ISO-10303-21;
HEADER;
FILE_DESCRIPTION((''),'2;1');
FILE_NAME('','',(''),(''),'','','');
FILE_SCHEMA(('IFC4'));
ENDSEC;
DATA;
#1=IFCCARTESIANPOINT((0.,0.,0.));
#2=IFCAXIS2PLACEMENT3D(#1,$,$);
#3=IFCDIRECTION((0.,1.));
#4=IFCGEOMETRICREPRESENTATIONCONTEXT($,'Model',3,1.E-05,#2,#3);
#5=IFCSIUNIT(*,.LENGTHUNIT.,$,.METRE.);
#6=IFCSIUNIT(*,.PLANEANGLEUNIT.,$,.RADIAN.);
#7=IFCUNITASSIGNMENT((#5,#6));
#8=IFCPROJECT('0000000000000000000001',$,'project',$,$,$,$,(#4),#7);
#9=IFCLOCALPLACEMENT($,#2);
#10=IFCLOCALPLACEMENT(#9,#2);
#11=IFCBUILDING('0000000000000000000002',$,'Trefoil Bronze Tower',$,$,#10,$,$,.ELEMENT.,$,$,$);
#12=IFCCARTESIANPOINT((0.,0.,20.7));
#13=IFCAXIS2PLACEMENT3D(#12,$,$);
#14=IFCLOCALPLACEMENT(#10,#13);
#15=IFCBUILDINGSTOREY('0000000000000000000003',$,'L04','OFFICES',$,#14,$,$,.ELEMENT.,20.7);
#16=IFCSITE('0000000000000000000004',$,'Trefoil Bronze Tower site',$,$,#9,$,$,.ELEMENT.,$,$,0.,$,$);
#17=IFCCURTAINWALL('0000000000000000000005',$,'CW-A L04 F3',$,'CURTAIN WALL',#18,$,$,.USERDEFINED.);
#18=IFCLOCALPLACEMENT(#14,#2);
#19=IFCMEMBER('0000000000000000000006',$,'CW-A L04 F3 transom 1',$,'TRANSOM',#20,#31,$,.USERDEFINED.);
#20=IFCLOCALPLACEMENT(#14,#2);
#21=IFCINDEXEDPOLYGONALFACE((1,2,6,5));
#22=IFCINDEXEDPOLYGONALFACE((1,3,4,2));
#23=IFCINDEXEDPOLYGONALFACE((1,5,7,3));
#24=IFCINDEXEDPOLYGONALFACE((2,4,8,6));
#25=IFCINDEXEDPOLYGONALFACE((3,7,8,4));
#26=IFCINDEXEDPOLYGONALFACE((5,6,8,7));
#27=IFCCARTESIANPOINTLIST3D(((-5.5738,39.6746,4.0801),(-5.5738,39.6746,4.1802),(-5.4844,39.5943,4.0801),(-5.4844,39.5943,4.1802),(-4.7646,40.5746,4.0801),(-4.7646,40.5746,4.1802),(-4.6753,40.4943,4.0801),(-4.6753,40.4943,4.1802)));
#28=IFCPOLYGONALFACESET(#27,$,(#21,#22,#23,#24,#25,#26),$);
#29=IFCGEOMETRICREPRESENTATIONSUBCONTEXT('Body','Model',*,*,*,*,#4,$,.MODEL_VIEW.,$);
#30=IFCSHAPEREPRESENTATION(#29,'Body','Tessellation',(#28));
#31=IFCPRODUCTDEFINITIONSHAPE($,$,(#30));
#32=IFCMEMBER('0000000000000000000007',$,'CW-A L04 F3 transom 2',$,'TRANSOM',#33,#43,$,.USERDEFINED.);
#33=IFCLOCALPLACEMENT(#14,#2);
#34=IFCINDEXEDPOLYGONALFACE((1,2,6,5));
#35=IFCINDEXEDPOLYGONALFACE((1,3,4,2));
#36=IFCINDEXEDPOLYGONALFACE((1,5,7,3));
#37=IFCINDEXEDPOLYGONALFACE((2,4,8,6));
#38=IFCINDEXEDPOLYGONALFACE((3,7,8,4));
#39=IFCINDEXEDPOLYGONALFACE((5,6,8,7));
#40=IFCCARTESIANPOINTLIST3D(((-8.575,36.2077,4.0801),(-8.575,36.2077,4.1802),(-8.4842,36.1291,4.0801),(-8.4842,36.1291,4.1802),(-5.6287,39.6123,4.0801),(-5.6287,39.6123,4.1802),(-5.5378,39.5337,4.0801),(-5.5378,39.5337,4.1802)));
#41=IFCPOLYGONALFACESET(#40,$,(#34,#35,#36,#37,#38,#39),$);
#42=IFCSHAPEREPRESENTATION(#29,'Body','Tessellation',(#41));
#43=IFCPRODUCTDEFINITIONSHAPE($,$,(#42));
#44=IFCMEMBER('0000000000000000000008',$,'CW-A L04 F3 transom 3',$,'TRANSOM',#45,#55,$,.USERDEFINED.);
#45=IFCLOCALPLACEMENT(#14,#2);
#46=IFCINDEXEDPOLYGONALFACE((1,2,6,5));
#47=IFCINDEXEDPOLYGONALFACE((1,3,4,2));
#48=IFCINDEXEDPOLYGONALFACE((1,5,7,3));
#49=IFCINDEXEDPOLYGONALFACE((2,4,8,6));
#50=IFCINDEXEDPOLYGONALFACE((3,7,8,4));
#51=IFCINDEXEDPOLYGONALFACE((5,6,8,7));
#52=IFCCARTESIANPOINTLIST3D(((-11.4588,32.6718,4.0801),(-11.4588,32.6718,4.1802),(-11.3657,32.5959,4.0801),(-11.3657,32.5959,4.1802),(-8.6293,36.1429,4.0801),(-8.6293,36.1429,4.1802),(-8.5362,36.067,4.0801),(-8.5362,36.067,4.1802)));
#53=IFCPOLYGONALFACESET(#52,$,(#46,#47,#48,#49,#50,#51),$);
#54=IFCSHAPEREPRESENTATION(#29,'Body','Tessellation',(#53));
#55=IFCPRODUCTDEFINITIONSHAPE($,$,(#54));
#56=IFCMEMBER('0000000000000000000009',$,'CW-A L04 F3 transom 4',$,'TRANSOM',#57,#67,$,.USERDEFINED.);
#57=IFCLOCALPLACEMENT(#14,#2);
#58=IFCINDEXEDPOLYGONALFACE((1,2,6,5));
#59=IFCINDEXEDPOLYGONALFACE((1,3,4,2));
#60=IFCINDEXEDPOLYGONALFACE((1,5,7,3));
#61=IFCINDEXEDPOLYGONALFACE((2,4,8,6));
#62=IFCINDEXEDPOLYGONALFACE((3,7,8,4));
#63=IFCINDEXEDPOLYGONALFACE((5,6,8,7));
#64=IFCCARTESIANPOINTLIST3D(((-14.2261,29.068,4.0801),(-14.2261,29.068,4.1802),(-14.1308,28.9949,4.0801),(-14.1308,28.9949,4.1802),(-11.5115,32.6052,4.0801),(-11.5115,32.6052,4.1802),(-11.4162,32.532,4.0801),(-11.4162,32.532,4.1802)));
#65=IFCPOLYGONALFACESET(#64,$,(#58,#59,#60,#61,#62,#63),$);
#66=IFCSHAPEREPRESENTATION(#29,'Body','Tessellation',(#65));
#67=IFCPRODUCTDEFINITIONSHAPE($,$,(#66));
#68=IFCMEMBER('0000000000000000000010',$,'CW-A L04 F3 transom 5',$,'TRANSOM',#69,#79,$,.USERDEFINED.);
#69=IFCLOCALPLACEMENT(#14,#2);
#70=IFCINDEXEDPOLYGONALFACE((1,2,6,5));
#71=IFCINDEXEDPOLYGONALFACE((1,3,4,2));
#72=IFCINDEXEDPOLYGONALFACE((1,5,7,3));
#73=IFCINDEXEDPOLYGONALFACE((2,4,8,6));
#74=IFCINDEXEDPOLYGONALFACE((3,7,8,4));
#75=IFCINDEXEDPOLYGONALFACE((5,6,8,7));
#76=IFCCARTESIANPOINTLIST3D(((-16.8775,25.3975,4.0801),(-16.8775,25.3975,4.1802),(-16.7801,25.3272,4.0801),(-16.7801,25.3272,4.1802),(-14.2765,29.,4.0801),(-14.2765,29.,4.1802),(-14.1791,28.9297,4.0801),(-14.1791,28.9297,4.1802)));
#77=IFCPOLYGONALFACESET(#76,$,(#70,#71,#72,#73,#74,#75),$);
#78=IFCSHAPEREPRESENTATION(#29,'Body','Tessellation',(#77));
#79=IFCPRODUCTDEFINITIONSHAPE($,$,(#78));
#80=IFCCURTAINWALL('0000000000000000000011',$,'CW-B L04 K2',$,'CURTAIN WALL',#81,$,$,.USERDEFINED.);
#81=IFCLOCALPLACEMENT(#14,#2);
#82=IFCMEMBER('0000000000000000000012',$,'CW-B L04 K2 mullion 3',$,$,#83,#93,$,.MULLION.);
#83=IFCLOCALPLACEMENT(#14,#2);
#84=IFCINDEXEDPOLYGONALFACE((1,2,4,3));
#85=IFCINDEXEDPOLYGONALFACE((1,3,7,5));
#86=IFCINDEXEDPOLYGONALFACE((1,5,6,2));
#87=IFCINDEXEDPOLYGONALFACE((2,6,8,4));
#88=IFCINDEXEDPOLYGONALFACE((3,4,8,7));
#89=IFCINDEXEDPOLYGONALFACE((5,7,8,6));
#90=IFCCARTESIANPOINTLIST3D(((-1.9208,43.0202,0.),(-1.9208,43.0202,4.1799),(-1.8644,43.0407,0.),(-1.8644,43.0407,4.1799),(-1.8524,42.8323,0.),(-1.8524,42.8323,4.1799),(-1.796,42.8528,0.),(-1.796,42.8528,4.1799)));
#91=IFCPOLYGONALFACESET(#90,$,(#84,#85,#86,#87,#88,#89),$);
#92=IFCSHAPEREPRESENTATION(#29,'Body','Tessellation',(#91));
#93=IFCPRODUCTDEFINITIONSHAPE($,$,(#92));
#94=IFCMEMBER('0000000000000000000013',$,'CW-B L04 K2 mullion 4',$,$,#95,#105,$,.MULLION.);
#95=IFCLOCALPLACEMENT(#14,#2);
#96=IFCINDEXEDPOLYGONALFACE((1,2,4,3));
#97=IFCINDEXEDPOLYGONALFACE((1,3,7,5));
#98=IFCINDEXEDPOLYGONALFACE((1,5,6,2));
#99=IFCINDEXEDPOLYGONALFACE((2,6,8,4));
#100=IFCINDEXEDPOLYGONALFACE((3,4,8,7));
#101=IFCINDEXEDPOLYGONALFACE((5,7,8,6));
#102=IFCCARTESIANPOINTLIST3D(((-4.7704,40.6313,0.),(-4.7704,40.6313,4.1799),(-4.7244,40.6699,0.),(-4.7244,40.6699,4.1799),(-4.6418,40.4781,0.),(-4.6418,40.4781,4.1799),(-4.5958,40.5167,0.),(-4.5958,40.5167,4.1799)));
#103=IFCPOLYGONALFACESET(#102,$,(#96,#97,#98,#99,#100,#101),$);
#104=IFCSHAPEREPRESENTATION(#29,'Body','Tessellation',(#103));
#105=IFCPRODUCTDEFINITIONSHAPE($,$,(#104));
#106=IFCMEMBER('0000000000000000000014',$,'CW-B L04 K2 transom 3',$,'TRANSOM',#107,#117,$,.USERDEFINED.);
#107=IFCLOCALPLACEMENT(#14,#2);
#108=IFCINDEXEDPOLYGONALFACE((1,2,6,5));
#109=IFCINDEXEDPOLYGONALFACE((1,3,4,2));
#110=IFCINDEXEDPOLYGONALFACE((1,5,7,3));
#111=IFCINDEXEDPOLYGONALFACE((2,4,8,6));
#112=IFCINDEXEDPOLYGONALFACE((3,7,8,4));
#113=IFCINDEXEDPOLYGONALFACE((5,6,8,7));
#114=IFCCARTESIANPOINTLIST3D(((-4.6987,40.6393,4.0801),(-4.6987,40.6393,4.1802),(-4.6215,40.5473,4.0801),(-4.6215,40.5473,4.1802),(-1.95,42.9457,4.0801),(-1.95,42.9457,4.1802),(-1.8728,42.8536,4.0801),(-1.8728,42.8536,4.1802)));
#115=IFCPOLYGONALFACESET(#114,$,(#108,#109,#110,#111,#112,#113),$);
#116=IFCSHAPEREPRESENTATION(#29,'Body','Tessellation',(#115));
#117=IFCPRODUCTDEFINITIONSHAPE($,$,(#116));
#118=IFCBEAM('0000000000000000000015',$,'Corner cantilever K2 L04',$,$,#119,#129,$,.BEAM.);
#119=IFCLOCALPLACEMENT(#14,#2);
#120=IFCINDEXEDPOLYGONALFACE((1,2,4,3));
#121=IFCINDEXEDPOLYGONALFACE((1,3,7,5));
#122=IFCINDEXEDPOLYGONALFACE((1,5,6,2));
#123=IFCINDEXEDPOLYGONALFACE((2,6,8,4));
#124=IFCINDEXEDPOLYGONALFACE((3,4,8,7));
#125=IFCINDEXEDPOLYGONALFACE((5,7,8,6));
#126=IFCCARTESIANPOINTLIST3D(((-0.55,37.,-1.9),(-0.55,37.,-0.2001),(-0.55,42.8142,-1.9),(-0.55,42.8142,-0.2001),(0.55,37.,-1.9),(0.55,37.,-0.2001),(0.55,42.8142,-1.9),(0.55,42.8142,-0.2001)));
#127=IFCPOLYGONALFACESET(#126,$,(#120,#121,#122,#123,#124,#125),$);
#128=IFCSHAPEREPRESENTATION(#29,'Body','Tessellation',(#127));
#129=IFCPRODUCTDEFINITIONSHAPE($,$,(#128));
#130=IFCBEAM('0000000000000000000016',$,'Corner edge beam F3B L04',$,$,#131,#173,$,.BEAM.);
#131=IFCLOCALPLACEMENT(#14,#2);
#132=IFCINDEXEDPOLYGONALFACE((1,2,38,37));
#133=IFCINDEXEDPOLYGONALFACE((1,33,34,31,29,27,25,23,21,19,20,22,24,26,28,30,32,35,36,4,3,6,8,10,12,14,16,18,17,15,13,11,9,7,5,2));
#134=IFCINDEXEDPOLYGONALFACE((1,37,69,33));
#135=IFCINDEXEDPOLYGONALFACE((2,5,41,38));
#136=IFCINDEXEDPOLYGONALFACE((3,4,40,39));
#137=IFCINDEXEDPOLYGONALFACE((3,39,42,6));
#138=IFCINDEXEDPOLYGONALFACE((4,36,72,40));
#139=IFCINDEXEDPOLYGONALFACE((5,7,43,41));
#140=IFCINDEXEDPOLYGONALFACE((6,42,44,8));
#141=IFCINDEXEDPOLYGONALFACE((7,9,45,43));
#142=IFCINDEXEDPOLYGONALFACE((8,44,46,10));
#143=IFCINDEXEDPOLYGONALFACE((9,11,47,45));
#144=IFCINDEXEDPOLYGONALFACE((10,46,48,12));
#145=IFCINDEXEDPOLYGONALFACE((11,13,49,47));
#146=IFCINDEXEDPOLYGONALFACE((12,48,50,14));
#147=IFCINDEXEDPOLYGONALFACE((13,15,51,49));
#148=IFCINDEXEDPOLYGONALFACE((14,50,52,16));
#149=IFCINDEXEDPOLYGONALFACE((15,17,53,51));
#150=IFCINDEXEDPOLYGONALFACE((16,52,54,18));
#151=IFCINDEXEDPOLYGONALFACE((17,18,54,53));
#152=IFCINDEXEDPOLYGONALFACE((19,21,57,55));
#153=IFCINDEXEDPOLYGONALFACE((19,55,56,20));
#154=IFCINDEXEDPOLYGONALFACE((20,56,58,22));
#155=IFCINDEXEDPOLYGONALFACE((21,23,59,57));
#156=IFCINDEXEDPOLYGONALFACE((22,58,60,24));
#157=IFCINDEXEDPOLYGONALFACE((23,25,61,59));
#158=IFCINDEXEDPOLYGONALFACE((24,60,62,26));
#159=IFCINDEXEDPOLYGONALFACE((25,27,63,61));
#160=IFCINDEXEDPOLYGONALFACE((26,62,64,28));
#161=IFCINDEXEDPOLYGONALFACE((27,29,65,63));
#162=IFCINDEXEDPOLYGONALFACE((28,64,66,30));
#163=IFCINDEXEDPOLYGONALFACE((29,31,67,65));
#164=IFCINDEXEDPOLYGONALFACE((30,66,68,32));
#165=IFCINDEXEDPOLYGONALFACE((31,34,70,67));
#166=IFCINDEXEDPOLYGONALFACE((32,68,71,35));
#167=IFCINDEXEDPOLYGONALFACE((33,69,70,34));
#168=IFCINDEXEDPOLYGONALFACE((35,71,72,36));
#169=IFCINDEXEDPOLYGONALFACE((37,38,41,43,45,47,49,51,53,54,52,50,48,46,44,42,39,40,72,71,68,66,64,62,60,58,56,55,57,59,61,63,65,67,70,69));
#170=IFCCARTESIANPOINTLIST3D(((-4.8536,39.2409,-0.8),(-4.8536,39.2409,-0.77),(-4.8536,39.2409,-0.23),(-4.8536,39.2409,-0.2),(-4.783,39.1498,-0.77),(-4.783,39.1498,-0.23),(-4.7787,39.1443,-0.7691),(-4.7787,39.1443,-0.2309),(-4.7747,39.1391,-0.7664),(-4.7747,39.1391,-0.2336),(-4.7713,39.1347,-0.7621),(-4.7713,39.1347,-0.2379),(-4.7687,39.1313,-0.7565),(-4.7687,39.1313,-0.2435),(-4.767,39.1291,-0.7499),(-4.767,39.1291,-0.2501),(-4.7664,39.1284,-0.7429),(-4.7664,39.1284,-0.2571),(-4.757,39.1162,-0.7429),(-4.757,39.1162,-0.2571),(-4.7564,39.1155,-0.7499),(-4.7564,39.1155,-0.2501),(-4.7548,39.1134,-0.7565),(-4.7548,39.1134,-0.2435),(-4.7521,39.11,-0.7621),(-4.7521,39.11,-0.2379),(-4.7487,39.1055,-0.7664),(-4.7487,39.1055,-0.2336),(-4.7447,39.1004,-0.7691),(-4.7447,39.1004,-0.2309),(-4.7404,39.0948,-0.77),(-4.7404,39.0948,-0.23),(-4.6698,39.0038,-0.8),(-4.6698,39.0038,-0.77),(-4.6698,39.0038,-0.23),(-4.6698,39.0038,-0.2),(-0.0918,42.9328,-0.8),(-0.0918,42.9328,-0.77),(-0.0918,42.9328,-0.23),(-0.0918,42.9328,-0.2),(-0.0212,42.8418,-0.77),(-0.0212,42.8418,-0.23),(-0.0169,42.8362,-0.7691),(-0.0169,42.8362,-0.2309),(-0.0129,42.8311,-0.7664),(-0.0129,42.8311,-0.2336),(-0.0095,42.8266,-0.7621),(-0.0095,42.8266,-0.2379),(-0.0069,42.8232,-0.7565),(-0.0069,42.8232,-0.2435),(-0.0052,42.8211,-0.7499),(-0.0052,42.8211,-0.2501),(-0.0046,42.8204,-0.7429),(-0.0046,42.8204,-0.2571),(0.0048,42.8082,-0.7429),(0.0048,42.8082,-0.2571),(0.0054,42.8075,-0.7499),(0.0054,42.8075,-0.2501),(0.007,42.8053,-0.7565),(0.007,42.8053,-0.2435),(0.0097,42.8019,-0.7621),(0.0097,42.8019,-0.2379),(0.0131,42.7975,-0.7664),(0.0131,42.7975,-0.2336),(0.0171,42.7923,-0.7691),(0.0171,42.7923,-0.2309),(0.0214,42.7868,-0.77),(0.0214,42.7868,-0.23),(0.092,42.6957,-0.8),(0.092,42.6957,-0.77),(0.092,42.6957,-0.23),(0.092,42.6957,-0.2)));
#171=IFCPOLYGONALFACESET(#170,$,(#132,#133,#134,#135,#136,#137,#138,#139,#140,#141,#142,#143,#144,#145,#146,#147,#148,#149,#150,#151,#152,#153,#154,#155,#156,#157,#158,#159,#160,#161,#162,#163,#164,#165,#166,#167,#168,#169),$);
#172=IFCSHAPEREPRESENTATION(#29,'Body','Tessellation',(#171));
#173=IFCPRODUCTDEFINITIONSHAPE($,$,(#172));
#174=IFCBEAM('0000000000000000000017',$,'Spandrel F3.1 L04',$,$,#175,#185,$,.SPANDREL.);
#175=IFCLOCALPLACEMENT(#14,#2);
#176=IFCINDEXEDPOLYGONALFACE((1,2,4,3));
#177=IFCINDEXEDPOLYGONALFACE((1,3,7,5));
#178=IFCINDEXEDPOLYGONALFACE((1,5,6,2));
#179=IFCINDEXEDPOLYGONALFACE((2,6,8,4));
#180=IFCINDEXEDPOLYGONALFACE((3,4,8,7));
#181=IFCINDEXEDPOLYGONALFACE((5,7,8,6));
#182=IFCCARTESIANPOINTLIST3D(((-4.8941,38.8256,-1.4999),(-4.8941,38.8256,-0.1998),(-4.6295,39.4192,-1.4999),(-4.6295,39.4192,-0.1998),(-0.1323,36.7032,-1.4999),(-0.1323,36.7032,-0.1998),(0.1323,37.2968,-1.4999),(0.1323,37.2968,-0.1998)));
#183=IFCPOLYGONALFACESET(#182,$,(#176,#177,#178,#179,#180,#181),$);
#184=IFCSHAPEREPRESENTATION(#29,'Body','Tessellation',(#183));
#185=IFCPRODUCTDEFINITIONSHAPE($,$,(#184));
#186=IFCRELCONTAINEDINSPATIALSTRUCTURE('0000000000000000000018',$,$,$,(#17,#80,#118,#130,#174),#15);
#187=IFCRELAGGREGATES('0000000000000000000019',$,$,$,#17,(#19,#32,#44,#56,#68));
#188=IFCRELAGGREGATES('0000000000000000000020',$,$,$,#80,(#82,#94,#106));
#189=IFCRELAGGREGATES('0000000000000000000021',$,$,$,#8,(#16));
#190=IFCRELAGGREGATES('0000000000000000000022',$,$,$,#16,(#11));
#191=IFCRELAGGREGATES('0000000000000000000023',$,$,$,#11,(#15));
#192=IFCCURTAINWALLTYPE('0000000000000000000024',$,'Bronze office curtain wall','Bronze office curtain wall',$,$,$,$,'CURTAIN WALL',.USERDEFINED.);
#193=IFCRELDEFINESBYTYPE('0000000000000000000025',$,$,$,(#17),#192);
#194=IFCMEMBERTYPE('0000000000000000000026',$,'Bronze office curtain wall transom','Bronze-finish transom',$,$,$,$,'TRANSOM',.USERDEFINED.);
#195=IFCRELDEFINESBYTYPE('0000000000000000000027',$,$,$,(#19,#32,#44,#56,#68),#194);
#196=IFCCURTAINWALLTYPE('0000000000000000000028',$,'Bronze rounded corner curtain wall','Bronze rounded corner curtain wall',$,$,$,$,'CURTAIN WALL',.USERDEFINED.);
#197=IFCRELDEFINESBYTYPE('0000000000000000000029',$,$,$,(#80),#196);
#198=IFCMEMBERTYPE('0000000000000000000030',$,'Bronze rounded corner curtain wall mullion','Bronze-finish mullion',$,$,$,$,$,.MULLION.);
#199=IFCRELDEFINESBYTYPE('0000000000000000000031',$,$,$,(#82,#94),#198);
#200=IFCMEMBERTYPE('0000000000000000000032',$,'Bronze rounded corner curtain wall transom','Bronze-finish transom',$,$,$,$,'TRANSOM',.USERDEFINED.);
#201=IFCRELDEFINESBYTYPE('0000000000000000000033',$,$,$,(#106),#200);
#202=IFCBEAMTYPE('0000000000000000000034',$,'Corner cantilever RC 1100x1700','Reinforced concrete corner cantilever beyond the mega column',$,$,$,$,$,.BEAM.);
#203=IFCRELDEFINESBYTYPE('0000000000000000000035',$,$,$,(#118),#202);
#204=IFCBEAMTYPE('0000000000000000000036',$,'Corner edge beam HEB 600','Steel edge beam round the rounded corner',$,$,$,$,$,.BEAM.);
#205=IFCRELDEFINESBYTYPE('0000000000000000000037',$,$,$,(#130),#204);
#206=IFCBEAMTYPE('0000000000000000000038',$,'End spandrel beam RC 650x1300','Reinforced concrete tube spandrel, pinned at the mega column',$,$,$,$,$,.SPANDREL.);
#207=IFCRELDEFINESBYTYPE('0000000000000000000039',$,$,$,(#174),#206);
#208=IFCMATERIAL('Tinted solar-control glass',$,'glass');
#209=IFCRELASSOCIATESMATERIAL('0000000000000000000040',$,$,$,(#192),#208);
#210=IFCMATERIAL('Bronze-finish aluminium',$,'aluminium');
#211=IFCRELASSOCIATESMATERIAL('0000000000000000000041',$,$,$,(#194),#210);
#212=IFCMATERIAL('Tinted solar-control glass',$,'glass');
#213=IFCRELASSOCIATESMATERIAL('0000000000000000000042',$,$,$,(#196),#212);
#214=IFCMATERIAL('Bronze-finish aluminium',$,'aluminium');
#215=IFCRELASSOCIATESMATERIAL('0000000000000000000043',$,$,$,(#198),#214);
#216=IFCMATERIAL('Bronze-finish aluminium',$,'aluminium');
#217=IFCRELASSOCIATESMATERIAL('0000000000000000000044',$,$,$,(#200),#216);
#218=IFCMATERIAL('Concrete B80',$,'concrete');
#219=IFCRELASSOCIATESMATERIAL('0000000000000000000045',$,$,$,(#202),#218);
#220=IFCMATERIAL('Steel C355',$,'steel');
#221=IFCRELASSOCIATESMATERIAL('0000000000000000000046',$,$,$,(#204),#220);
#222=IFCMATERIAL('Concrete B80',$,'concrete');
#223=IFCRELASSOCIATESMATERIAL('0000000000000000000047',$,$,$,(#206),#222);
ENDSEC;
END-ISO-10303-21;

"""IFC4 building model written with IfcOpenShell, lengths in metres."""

from ifc_helpers import new_model, si_unit, direction, frame, origin, origin_2d, place, context, subcontext, project, spatial, rectangle, i_section, extrude, material, material_profile, profile_set, type_object, element, aggregate, save


model = new_model("IFC4")

# Units and contexts
model_context = context("Model", 3, precision=1e-05, world=origin(), true_north=direction((0.0, 1.0)))
body_context = subcontext(model_context, "Body", "Model", "MODEL_VIEW")
ifc_project = project(units=[si_unit("LENGTHUNIT", "METRE"), si_unit("PLANEANGLEUNIT", "RADIAN")], contexts=[model_context])

# Site, building, storey
site_placement = place(None, origin())
site = spatial("IfcSite", under=ifc_project, at=site_placement, Name="Trefoil Bronze Tower site", CompositionType="ELEMENT", RefElevation=0.0)
building_placement = place(site_placement, origin())
building = spatial("IfcBuilding", under=site, at=building_placement, Name="Trefoil Bronze Tower", CompositionType="ELEMENT")
storey_placement = place(building_placement, frame((0.0, 0.0, 20.7)))
storey = spatial("IfcBuildingStorey", under=building, at=storey_placement, Name="L04", Description="OFFICES", CompositionType="ELEMENT", Elevation=20.7)

# Curtain walls, members
ifc_material_1 = material(Name="Tinted solar-control glass", Category="glass")
curtain_wall_type_1 = type_object("IfcCurtainWallType", Name="Bronze office curtain wall", Description="Bronze office curtain wall", ElementType="CURTAIN WALL", PredefinedType="USERDEFINED", material=ifc_material_1)
curtain_wall_1_placement = place(storey_placement, origin())
curtain_wall_1 = element("IfcCurtainWall", 1, at=curtain_wall_1_placement, inside=storey, type_object=curtain_wall_type_1, Name="CW-A L04 F3", ObjectType="CURTAIN WALL", PredefinedType="USERDEFINED")
ifc_material_2 = material(Name="Bronze-finish aluminium", Category="aluminium")
ifc_material_profile_1 = material_profile(ifc_material_2, rectangle(XDim=0.1201, YDim=0.1001, at=origin_2d()), Name="CW-A transom")
ifc_profile_set_1 = profile_set([ifc_material_profile_1], Name="Bronze-finish aluminium")
member_type_1 = type_object("IfcMemberType", Name="Bronze office curtain wall transom", Description="Bronze-finish transom", ElementType="TRANSOM", PredefinedType="USERDEFINED", material=ifc_profile_set_1)
member_1_placement = place(storey_placement, frame((-4.72, 40.5344, 4.1301), z_axis=(-0.668586, -0.743635, 0.0), x_axis=(0.743635, -0.668586, 0.0)))
member_1 = element("IfcMember", 2, at=member_1_placement, type_object=member_type_1, Name="CW-A L04 F3 transom 1", ObjectType="TRANSOM", PredefinedType="USERDEFINED", context=body_context, shape_type="SweptSolid", body=[
    extrude(rectangle(XDim=0.1201, YDim=0.1001, at=origin_2d()), origin(), (0.0, 0.0, 1.0), 1.2102),
])
member_2_placement = place(storey_placement, frame((-5.5833, 39.573, 4.1301), z_axis=(-0.654383, -0.756163, 0.0), x_axis=(0.756163, -0.654383, 0.0)))
member_2 = element("IfcMember", 3, at=member_2_placement, type_object=member_type_1, Name="CW-A L04 F3 transom 2", ObjectType="TRANSOM", PredefinedType="USERDEFINED", context=body_context, shape_type="SweptSolid", body=[
    extrude(rectangle(XDim=0.1201, YDim=0.1001, at=origin_2d()), origin(), (0.0, 0.0, 1.0), 4.5024),
])
member_3_placement = place(storey_placement, frame((-8.5828, 36.105, 4.1301), z_axis=(-0.631836, -0.775102, 0.0), x_axis=(0.775102, -0.631836, 0.0)))
member_3 = element("IfcMember", 4, at=member_3_placement, type_object=member_type_1, Name="CW-A L04 F3 transom 3", ObjectType="TRANSOM", PredefinedType="USERDEFINED", context=body_context, shape_type="SweptSolid", body=[
    extrude(rectangle(XDim=0.1201, YDim=0.1001, at=origin_2d()), origin(), (0.0, 0.0, 1.0), 4.4783),
])
member_4_placement = place(storey_placement, frame((-11.4639, 32.5686, 4.1301), z_axis=(-0.608829, -0.793301, 0.0), x_axis=(0.793301, -0.608829, 0.0)))
member_4 = element("IfcMember", 5, at=member_4_placement, type_object=member_type_1, Name="CW-A L04 F3 transom 4", ObjectType="TRANSOM", PredefinedType="USERDEFINED", context=body_context, shape_type="SweptSolid", body=[
    extrude(rectangle(XDim=0.1201, YDim=0.1001, at=origin_2d()), origin(), (0.0, 0.0, 1.0), 4.4587),
])
member_5_placement = place(storey_placement, frame((-14.2278, 28.9648, 4.1301), z_axis=(-0.585378, -0.81076, 0.0), x_axis=(0.81076, -0.585378, 0.0)))
member_5 = element("IfcMember", 6, at=member_5_placement, type_object=member_type_1, Name="CW-A L04 F3 transom 5", ObjectType="TRANSOM", PredefinedType="USERDEFINED", context=body_context, shape_type="SweptSolid", body=[
    extrude(rectangle(XDim=0.1201, YDim=0.1001, at=origin_2d()), origin(), (0.0, 0.0, 1.0), 4.4434),
])
ifc_material_3 = material(Name="Tinted solar-control glass", Category="glass")
curtain_wall_type_2 = type_object("IfcCurtainWallType", Name="Bronze rounded corner curtain wall", Description="Bronze rounded corner curtain wall", ElementType="CURTAIN WALL", PredefinedType="USERDEFINED", material=ifc_material_3)
curtain_wall_2_placement = place(storey_placement, origin())
curtain_wall_2 = element("IfcCurtainWall", 7, at=curtain_wall_2_placement, inside=storey, type_object=curtain_wall_type_2, Name="CW-B L04 K2", ObjectType="CURTAIN WALL", PredefinedType="USERDEFINED")
ifc_material_4 = material(Name="Bronze-finish aluminium", Category="aluminium")
ifc_material_profile_2 = material_profile(ifc_material_4, rectangle(XDim=0.2, YDim=0.0601, at=origin_2d()), Name="CW-B mullion")
ifc_profile_set_2 = profile_set([ifc_material_profile_2], Name="Bronze-finish aluminium")
member_type_2 = type_object("IfcMemberType", Name="Bronze rounded corner curtain wall mullion", Description="Bronze-finish mullion", PredefinedType="MULLION", material=ifc_profile_set_2)
member_6_placement = place(storey_placement, frame((-1.8584, 42.9365, 0.0), z_axis=(0.0, 0.0, 1.0), x_axis=(0.34202, -0.939693, 0.0)))
member_6 = element("IfcMember", 8, at=member_6_placement, type_object=member_type_2, Name="CW-B L04 K2 mullion 3", PredefinedType="MULLION", context=body_context, shape_type="SweptSolid", body=[
    extrude(rectangle(XDim=0.2, YDim=0.0601, at=origin_2d()), origin(), (0.0, 0.0, 1.0), 4.1799),
])
member_7_placement = place(storey_placement, frame((-4.6831, 40.574, 0.0), z_axis=(0.0, 0.0, 1.0), x_axis=(0.642788, -0.766044, 0.0)))
member_7 = element("IfcMember", 9, at=member_7_placement, type_object=member_type_2, Name="CW-B L04 K2 mullion 4", PredefinedType="MULLION", context=body_context, shape_type="SweptSolid", body=[
    extrude(rectangle(XDim=0.2, YDim=0.0601, at=origin_2d()), origin(), (0.0, 0.0, 1.0), 4.1799),
])
ifc_material_5 = material(Name="Bronze-finish aluminium", Category="aluminium")
ifc_material_profile_3 = material_profile(ifc_material_5, rectangle(XDim=0.1201, YDim=0.1001, at=origin_2d()), Name="CW-B transom")
ifc_profile_set_3 = profile_set([ifc_material_profile_3], Name="Bronze-finish aluminium")
member_type_3 = type_object("IfcMemberType", Name="Bronze rounded corner curtain wall transom", Description="Bronze-finish transom", ElementType="TRANSOM", PredefinedType="USERDEFINED", material=ifc_profile_set_3)
member_8_placement = place(storey_placement, frame((-1.9114, 42.8997, 4.1301), z_axis=(-0.766059, -0.642771, 0.0), x_axis=(0.642771, -0.766059, 0.0)))
member_8 = element("IfcMember", 10, at=member_8_placement, type_object=member_type_3, Name="CW-B L04 K2 transom 3", ObjectType="TRANSOM", PredefinedType="USERDEFINED", context=body_context, shape_type="SweptSolid", body=[
    extrude(rectangle(XDim=0.1201, YDim=0.1001, at=origin_2d()), origin(), (0.0, 0.0, 1.0), 3.5881),
])

# Beams
ifc_material_6 = material(Name="Concrete B80", Category="concrete")
ifc_material_profile_4 = material_profile(ifc_material_6, rectangle(XDim=1.1001, YDim=1.7, at=origin_2d()), Name="RC 1100x1700")
ifc_profile_set_4 = profile_set([ifc_material_profile_4], Name="Concrete B80")
beam_type_1 = type_object("IfcBeamType", Name="Corner cantilever RC 1100x1700", Description="Reinforced concrete corner cantilever beyond the mega column", PredefinedType="BEAM", material=ifc_profile_set_4)
beam_1_placement = place(storey_placement, frame((0.0, 37.0, -1.05), z_axis=(0.0, 1.0, 0.0), x_axis=(-1.0, 0.0, 0.0)))
element("IfcBeam", 11, at=beam_1_placement, inside=storey, type_object=beam_type_1, Name="Corner cantilever K2 L04", PredefinedType="BEAM", context=body_context, shape_type="SweptSolid", body=[
    extrude(rectangle(XDim=1.1001, YDim=1.7, at=origin_2d()), origin(), (0.0, 0.0, 1.0), 5.8142),
])
ifc_material_7 = material(Name="Steel C355", Category="steel")
ifc_material_profile_5 = material_profile(ifc_material_7, i_section(OverallWidth=0.3, OverallDepth=0.6001, WebThickness=0.0154, FlangeThickness=0.03, FilletRadius=0.0271, at=origin_2d()), Name="HEB 600")
ifc_profile_set_5 = profile_set([ifc_material_profile_5], Name="Steel C355")
beam_type_2 = type_object("IfcBeamType", Name="Corner edge beam HEB 600", Description="Steel edge beam round the rounded corner", PredefinedType="BEAM", material=ifc_profile_set_5)
beam_2_placement = place(storey_placement, frame((-4.7617, 39.1223, -0.5), z_axis=(0.790289, 0.612734, 0.0), x_axis=(-0.612734, 0.790289, 0.0)))
element("IfcBeam", 12, at=beam_2_placement, inside=storey, type_object=beam_type_2, Name="Corner edge beam F3B L04", PredefinedType="BEAM", context=body_context, shape_type="SweptSolid", body=[
    extrude(i_section(OverallWidth=0.3, OverallDepth=0.6001, WebThickness=0.0154, FlangeThickness=0.03, FilletRadius=0.0271, at=origin_2d()), origin(), (0.0, 0.0, 1.0), 6.0254),
])
ifc_material_8 = material(Name="Concrete B80", Category="concrete")
ifc_material_profile_6 = material_profile(ifc_material_8, rectangle(XDim=0.6499, YDim=1.3, at=origin_2d()), Name="RC 650x1300")
ifc_profile_set_6 = profile_set([ifc_material_profile_6], Name="Concrete B80")
beam_type_3 = type_object("IfcBeamType", Name="End spandrel beam RC 650x1300", Description="Reinforced concrete tube spandrel, pinned at the mega column", PredefinedType="SPANDREL", material=ifc_profile_set_6)
beam_3_placement = place(storey_placement, frame((0.0, 37.0, -0.8499), z_axis=(-0.913384, 0.407099, 0.0), x_axis=(-0.407099, -0.913384, 0.0)))
element("IfcBeam", 13, at=beam_3_placement, inside=storey, type_object=beam_type_3, Name="Spandrel F3.1 L04", PredefinedType="SPANDREL", context=body_context, shape_type="SweptSolid", body=[
    extrude(rectangle(XDim=0.6499, YDim=1.3, at=origin_2d()), origin(), (0.0, 0.0, 1.0), 5.2134),
])

aggregate(curtain_wall_1, [member_1, member_2, member_3, member_4, member_5])
aggregate(curtain_wall_2, [member_6, member_7, member_8])

save(model, "model.ifc")
